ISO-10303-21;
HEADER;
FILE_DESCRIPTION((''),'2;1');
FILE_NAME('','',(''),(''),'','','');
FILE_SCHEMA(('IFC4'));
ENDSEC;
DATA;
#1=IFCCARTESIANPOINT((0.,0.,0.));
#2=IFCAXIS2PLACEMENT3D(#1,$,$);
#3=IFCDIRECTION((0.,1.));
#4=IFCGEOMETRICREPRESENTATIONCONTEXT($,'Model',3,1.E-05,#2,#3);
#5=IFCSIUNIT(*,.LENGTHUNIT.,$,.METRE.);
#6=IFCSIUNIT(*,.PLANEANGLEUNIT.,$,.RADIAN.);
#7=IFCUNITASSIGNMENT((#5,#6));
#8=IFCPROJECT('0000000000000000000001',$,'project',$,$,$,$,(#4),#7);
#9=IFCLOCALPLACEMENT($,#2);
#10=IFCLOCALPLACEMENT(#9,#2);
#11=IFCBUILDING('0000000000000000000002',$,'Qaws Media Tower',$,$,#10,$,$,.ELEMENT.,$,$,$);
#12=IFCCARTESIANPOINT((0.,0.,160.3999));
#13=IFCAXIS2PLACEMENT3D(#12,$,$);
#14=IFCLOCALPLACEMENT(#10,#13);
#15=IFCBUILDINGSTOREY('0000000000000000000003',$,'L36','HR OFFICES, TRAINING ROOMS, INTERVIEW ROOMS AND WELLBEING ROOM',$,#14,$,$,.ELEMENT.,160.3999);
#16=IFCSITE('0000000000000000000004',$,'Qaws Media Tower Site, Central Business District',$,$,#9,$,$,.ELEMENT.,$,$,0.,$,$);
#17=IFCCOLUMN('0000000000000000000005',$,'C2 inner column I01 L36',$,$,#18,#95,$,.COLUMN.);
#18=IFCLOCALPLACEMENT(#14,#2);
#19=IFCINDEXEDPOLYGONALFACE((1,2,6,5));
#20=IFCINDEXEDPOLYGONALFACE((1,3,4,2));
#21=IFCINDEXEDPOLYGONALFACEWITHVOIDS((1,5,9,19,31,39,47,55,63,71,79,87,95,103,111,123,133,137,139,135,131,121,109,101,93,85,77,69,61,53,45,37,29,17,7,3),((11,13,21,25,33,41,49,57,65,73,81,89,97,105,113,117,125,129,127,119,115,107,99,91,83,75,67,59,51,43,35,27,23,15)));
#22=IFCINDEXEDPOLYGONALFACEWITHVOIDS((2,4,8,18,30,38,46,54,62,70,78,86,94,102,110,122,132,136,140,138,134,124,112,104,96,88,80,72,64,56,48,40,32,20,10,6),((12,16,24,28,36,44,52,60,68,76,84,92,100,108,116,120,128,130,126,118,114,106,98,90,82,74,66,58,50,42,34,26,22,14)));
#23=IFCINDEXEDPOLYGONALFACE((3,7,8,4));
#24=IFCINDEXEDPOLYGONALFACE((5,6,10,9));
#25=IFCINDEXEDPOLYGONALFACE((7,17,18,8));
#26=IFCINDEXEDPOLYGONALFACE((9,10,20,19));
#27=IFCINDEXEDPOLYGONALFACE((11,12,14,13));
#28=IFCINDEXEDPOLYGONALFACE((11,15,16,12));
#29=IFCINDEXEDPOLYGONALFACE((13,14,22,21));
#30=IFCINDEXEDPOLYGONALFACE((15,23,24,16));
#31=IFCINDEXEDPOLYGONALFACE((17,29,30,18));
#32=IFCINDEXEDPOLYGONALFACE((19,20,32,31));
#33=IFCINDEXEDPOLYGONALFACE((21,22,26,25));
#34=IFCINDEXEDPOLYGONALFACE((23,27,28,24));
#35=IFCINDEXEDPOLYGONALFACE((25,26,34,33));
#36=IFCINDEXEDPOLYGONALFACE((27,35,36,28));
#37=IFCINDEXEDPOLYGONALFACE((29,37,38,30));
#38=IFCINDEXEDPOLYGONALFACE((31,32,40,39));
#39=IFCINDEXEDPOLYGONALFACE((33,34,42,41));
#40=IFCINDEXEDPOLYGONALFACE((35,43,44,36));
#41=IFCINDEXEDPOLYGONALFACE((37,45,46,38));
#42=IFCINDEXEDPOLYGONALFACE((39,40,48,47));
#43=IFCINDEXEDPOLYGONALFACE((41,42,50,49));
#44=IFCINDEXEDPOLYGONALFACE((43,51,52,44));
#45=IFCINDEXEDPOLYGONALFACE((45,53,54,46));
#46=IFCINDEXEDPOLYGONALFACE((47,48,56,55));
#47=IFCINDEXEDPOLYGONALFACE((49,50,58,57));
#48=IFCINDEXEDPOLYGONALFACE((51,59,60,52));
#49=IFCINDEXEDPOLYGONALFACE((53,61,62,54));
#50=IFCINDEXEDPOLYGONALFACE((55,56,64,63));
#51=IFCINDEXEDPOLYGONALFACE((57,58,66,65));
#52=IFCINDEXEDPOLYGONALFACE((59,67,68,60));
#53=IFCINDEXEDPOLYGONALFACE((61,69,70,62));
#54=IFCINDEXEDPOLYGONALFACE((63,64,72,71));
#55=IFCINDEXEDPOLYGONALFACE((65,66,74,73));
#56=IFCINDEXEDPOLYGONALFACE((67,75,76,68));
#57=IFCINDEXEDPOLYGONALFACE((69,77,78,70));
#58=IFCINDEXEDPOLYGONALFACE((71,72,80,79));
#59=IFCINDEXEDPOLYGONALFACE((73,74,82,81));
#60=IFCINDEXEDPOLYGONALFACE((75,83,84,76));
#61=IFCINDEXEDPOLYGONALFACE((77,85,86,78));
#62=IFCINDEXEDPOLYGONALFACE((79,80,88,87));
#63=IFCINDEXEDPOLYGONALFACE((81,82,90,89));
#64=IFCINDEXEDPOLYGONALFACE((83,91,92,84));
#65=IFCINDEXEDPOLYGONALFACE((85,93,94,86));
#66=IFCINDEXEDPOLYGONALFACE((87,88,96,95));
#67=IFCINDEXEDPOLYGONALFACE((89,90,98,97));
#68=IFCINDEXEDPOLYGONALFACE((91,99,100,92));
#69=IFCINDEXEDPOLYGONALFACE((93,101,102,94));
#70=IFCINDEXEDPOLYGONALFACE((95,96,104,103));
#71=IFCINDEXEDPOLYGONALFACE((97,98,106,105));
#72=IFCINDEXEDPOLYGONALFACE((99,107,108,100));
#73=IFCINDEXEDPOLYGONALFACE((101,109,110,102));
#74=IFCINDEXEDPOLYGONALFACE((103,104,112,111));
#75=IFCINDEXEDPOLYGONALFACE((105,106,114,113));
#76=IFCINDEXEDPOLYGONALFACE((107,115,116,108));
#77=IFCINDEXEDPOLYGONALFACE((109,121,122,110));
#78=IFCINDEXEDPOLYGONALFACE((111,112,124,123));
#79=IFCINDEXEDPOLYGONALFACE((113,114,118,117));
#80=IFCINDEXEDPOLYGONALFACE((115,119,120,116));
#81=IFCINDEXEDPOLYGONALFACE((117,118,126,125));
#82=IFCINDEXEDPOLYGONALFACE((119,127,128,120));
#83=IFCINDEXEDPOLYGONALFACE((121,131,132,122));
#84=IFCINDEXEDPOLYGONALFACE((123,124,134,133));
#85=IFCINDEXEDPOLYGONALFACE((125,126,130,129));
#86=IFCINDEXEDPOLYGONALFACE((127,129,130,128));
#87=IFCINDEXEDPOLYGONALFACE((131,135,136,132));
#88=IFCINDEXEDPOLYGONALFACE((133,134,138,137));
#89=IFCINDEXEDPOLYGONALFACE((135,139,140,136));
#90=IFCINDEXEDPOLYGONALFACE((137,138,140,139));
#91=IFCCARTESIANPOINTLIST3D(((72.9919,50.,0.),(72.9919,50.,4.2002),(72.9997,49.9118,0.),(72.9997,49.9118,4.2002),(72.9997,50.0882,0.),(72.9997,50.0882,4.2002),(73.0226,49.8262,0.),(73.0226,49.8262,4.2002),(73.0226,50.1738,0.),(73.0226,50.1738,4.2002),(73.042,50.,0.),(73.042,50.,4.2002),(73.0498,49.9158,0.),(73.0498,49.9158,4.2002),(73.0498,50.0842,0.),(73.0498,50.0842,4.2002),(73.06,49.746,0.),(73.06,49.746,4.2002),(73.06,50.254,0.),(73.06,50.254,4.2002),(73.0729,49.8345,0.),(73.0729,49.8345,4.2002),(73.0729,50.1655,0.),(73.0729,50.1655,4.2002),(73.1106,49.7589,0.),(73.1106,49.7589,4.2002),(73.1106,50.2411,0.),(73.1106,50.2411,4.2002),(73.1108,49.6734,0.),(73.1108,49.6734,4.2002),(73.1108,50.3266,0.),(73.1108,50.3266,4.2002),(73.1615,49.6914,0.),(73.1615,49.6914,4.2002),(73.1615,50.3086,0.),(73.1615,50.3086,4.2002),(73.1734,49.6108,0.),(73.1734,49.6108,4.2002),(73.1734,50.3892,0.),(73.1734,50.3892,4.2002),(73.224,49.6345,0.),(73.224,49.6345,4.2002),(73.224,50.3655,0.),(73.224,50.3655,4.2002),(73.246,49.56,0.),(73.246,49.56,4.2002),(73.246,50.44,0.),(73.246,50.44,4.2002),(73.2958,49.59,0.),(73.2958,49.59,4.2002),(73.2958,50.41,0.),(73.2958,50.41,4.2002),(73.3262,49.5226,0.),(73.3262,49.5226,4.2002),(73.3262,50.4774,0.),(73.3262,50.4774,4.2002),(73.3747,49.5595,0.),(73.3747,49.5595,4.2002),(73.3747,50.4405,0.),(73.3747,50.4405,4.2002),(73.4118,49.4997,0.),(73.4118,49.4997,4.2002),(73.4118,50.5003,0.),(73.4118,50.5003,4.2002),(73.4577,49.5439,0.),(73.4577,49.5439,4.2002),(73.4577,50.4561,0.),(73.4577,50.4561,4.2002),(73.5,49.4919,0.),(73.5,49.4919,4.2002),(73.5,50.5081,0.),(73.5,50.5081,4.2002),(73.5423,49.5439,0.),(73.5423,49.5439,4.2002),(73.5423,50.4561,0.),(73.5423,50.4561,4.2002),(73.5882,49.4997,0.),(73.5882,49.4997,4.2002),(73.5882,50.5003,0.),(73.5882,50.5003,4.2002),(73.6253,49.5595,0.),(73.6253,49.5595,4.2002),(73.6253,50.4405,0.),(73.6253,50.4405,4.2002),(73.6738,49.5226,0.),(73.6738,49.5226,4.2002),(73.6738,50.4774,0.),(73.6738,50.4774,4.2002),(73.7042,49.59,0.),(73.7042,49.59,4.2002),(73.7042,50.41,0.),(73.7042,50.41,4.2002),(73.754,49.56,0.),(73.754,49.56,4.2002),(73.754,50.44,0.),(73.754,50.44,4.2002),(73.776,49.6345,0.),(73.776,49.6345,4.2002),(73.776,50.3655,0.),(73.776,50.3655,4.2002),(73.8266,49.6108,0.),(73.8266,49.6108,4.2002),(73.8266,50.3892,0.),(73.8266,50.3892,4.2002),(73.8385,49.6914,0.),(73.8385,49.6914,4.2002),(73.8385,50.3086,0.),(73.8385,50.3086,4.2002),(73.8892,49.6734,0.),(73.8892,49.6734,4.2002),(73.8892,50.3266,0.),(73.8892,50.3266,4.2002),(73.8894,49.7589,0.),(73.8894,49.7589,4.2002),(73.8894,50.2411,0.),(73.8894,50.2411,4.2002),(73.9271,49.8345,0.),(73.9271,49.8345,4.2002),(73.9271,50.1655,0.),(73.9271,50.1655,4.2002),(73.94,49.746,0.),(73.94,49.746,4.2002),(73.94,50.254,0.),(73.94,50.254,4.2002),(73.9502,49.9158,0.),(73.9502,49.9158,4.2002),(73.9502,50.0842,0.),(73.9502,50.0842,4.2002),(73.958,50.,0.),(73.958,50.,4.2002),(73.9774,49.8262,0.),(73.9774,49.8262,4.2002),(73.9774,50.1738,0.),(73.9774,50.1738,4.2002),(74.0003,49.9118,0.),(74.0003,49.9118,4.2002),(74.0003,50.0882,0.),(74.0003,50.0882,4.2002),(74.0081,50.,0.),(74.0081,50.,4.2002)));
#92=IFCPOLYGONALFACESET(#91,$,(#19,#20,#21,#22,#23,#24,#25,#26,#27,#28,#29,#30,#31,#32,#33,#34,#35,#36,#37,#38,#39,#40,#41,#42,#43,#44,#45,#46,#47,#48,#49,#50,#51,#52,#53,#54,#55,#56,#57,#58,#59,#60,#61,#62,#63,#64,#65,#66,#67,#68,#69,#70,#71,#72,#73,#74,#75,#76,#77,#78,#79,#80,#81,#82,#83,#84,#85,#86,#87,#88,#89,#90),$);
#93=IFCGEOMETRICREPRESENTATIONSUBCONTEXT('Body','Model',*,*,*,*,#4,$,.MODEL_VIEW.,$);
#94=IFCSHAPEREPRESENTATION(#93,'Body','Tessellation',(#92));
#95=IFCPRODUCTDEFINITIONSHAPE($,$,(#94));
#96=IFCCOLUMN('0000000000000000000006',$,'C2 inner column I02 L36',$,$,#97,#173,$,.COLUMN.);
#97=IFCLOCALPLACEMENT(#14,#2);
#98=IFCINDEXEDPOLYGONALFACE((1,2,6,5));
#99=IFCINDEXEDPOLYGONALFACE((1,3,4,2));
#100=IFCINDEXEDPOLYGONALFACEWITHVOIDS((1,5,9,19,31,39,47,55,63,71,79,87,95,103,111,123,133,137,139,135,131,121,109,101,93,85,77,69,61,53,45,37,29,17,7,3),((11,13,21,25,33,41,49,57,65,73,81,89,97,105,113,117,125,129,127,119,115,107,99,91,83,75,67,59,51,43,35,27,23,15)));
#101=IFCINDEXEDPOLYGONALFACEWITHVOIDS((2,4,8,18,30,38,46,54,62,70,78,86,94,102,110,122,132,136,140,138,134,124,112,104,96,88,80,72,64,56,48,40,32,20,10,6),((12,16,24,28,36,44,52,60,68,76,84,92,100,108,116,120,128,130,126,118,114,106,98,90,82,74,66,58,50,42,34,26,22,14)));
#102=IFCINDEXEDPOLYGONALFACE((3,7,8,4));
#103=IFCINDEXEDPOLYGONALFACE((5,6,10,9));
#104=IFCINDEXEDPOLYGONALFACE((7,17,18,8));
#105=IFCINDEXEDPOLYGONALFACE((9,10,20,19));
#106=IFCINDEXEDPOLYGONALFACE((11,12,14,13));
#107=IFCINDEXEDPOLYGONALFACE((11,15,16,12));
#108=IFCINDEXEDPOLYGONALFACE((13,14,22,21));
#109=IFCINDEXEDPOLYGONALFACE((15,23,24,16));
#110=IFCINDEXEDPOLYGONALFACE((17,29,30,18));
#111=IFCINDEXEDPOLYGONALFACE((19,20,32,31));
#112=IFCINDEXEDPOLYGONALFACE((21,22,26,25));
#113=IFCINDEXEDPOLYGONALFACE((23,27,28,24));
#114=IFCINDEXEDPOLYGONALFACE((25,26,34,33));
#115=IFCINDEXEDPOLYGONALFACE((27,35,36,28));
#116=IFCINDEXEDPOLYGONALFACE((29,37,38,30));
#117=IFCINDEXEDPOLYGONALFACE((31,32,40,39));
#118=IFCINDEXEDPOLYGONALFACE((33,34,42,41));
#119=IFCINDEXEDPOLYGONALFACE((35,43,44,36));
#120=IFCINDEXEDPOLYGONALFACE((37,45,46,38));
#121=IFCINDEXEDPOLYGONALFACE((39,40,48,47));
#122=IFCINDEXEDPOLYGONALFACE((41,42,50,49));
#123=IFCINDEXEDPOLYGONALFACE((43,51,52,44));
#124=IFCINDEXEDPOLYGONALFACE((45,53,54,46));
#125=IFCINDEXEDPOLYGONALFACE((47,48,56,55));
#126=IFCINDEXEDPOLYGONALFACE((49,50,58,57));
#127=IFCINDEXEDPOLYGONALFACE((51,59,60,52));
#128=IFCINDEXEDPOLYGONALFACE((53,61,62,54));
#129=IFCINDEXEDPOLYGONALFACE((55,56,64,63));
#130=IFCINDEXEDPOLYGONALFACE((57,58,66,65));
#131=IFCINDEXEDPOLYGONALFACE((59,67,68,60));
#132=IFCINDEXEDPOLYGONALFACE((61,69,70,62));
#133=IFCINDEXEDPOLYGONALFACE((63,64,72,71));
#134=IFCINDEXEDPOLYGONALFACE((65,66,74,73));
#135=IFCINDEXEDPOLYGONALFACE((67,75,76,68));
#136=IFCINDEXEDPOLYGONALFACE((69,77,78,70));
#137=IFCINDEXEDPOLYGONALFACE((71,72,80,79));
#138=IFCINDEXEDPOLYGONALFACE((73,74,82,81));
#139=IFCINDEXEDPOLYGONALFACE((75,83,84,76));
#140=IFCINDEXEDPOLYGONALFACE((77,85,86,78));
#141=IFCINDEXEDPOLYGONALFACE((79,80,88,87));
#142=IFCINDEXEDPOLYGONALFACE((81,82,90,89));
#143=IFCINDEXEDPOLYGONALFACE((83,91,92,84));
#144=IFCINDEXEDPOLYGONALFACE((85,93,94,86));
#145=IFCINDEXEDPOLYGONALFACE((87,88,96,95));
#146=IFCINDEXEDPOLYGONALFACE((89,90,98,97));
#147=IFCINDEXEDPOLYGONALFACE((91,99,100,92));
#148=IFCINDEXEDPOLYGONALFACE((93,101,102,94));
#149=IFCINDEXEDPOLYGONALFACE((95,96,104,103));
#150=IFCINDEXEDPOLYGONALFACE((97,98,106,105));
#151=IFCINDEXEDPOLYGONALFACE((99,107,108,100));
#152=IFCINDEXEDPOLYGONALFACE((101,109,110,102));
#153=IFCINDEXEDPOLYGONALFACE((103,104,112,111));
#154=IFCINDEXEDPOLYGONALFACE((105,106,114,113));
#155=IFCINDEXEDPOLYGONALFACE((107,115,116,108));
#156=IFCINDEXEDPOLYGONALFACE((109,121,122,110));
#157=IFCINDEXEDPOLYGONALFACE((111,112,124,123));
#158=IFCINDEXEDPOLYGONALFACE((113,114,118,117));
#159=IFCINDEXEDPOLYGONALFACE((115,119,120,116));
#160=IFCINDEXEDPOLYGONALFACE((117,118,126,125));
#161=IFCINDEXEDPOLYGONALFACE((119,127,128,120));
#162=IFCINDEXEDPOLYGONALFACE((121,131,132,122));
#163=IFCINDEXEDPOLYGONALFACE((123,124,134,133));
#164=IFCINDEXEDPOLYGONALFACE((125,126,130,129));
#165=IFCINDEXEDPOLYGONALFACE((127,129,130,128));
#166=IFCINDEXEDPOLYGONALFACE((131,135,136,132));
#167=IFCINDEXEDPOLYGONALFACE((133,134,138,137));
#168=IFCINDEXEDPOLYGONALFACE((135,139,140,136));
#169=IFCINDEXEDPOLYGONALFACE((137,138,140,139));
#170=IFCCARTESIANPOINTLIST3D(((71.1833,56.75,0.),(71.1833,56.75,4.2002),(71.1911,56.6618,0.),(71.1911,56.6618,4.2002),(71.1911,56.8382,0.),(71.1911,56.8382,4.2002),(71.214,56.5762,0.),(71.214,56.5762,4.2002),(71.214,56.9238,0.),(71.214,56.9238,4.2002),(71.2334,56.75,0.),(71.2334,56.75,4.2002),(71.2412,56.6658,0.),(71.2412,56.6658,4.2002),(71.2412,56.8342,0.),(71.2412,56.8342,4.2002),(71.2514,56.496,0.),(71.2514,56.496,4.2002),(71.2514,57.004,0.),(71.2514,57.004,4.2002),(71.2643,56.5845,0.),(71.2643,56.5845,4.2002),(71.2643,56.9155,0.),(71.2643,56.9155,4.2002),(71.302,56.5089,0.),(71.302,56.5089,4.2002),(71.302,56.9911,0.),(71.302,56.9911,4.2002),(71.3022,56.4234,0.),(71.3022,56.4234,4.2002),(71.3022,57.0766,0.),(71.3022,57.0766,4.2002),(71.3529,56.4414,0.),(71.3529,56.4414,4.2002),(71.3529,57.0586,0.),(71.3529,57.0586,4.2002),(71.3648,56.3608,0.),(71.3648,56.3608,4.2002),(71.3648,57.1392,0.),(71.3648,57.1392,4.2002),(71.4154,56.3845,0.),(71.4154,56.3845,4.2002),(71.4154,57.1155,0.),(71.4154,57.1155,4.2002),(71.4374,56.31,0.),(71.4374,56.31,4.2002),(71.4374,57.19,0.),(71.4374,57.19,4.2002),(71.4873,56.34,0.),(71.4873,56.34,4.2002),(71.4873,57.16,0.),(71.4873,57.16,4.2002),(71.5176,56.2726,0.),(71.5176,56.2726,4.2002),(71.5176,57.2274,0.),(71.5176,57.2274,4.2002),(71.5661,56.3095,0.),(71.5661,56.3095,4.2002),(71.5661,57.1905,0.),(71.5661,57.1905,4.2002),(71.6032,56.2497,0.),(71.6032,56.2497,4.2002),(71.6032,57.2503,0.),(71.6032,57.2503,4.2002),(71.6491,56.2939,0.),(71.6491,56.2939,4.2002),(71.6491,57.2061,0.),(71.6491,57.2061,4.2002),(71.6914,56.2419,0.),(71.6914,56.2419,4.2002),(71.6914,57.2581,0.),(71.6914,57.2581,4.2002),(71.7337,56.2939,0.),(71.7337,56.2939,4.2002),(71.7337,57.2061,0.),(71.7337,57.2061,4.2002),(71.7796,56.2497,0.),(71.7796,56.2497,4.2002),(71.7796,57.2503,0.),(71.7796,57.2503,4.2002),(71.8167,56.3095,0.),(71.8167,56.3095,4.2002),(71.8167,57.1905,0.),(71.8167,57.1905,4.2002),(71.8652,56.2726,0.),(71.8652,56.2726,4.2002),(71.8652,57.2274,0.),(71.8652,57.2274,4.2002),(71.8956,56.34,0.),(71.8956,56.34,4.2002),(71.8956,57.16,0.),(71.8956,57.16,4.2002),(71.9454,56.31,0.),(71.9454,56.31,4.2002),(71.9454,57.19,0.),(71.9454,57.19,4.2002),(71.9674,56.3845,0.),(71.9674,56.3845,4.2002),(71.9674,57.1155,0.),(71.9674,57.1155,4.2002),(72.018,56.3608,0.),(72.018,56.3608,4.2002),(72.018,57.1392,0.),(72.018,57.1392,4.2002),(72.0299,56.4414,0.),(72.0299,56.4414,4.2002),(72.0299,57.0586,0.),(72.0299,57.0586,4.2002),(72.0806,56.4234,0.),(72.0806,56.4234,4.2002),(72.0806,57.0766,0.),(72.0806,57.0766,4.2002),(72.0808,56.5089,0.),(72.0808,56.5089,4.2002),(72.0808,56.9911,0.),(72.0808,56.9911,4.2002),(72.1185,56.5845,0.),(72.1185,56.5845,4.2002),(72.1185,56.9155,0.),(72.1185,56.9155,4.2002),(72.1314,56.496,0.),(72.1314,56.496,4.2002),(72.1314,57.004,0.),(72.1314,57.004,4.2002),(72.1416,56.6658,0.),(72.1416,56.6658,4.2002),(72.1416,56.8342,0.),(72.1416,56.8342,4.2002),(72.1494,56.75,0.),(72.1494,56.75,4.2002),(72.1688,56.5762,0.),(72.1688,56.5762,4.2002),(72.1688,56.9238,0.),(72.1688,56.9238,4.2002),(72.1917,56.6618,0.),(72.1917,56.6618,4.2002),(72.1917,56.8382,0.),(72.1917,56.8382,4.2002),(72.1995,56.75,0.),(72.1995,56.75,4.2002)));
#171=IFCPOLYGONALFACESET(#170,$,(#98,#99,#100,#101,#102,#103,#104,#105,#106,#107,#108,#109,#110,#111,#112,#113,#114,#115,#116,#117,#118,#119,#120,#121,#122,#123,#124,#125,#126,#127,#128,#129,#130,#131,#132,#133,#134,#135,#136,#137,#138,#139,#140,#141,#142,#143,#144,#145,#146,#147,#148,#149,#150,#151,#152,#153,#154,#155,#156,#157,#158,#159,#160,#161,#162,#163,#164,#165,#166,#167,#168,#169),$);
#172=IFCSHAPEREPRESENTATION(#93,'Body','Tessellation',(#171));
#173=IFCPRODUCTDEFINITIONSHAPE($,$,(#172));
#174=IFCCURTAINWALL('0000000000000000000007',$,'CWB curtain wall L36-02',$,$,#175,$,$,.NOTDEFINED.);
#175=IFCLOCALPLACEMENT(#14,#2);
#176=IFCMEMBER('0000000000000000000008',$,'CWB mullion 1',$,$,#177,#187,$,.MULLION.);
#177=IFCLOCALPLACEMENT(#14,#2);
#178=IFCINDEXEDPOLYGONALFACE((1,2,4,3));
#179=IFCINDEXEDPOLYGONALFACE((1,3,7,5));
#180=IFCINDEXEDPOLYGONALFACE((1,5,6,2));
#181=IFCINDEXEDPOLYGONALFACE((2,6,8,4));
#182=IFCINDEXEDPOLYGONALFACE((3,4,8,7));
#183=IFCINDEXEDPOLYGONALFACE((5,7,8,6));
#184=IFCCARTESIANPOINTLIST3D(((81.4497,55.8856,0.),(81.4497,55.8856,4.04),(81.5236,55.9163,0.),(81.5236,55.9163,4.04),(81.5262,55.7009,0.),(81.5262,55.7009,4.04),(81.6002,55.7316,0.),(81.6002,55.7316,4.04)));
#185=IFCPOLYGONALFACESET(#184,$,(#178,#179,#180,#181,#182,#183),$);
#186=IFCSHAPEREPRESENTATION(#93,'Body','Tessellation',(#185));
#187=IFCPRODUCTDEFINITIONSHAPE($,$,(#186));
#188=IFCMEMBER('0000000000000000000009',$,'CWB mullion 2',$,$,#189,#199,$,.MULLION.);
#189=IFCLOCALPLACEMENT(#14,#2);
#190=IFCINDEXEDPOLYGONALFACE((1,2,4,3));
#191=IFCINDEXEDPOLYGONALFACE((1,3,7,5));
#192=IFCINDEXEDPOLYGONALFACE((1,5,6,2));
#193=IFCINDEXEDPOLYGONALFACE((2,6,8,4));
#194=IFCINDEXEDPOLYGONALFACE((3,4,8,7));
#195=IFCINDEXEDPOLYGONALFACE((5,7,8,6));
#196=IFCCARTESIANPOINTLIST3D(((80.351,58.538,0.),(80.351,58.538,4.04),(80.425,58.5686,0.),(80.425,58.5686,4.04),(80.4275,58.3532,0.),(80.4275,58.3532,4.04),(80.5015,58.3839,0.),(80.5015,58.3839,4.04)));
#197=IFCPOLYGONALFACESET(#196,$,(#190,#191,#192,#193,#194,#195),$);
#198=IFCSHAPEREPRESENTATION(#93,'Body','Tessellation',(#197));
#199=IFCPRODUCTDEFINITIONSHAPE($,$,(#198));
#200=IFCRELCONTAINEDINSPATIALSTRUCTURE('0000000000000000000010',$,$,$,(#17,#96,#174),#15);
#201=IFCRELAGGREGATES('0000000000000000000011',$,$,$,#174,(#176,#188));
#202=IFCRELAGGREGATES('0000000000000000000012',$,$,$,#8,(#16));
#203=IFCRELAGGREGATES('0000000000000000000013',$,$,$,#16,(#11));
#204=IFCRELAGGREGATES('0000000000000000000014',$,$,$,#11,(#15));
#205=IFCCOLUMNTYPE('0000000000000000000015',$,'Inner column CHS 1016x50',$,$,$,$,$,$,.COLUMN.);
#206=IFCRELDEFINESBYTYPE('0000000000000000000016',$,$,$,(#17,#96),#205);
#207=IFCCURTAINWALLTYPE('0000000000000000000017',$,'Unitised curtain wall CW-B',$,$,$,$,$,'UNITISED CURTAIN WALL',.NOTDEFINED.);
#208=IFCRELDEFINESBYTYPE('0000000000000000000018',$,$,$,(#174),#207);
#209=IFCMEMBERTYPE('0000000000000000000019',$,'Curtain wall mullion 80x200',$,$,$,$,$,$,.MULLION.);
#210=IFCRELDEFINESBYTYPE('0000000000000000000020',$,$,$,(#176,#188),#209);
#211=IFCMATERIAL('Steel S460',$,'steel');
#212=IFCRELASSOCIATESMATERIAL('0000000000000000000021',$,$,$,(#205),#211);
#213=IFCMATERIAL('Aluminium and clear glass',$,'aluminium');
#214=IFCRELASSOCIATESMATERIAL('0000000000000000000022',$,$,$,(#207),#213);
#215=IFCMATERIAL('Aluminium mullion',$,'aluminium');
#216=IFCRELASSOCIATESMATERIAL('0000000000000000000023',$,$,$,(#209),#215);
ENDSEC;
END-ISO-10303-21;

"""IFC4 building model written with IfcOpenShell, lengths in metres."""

from ifc_helpers import new_model, si_unit, direction, frame, origin, origin_2d, place, context, subcontext, project, spatial, rectangle, hollow_circle, extrude, material, material_profile, profile_set, type_object, element, aggregate, save


model = new_model("IFC4")

# Units and contexts
model_context = context("Model", 3, precision=1e-05, world=origin(), true_north=direction((0.0, 1.0)))
body_context = subcontext(model_context, "Body", "Model", "MODEL_VIEW")
ifc_project = project(units=[si_unit("LENGTHUNIT", "METRE"), si_unit("PLANEANGLEUNIT", "RADIAN")], contexts=[model_context])

# Site, building, storey
site_placement = place(None, origin())
site = spatial("IfcSite", under=ifc_project, at=site_placement, Name="Qaws Media Tower Site, Central Business District", CompositionType="ELEMENT", RefElevation=0.0)
building_placement = place(site_placement, origin())
building = spatial("IfcBuilding", under=site, at=building_placement, Name="Qaws Media Tower", CompositionType="ELEMENT")
storey_placement = place(building_placement, frame((0.0, 0.0, 160.3999)))
storey = spatial("IfcBuildingStorey", under=building, at=storey_placement, Name="L36", Description="HR OFFICES, TRAINING ROOMS, INTERVIEW ROOMS AND WELLBEING ROOM", CompositionType="ELEMENT", Elevation=160.3999)

# Columns
ifc_material_1 = material(Name="Steel S460", Category="steel")
ifc_material_profile_1 = material_profile(ifc_material_1, hollow_circle(Radius=0.5081, WallThickness=0.05, at=origin_2d()), Name="CHS 1016x50")
ifc_profile_set_1 = profile_set([ifc_material_profile_1], Name="Steel S460")
column_type = type_object("IfcColumnType", Name="Inner column CHS 1016x50", PredefinedType="COLUMN", material=ifc_profile_set_1)
for number, where, z_axis, x_axis, name in (
    (1, (73.5, 50.0, 0.0), (0.0, 0.0, 1.0), (1.0, 0.0, 0.0), "C2 inner column I01 L36"),
    (2, (71.6914, 56.75, 0.0), (0.0, 0.0, 1.0), (1.0, 0.0, 0.0), "C2 inner column I02 L36"),
):
    element("IfcColumn", number, at=place(storey_placement, frame(where, z_axis=z_axis, x_axis=x_axis)), inside=storey, type_object=column_type, Name=name, PredefinedType="COLUMN", context=body_context, shape_type="SweptSolid", body=[
        extrude(hollow_circle(Radius=0.5081, WallThickness=0.05, at=origin_2d()), origin(), (0.0, 0.0, 1.0), 4.2002),
    ])

# Curtain wall, members
ifc_material_2 = material(Name="Aluminium and clear glass", Category="aluminium")
curtain_wall_type = type_object("IfcCurtainWallType", Name="Unitised curtain wall CW-B", ElementType="UNITISED CURTAIN WALL", PredefinedType="NOTDEFINED", material=ifc_material_2)
curtain_wall_1_placement = place(storey_placement, origin())
curtain_wall_1 = element("IfcCurtainWall", 3, at=curtain_wall_1_placement, inside=storey, type_object=curtain_wall_type, Name="CWB curtain wall L36-02", PredefinedType="NOTDEFINED")
ifc_material_3 = material(Name="Aluminium mullion", Category="aluminium")
ifc_material_profile_2 = material_profile(ifc_material_3, rectangle(XDim=0.0801, YDim=0.2, at=origin_2d()), Name="80x200")
ifc_profile_set_2 = profile_set([ifc_material_profile_2], Name="Aluminium mullion")
member_type_1 = type_object("IfcMemberType", Name="Curtain wall mullion 80x200", PredefinedType="MULLION", material=ifc_profile_set_2)
member_1_placement = place(storey_placement, frame((81.5249, 55.8086, 0.0), z_axis=(0.0, 0.0, 1.0), x_axis=(-0.92388, -0.382683, 0.0)))
member_1 = element("IfcMember", 4, at=member_1_placement, type_object=member_type_1, Name="CWB mullion 1", PredefinedType="MULLION", context=body_context, shape_type="SweptSolid", body=[
    extrude(rectangle(XDim=0.0801, YDim=0.2, at=origin_2d()), origin(), (0.0, 0.0, 1.0), 4.04),
])
member_2_placement = place(storey_placement, frame((80.4263, 58.4609, 0.0), z_axis=(0.0, 0.0, 1.0), x_axis=(-0.92388, -0.382683, 0.0)))
member_2 = element("IfcMember", 5, at=member_2_placement, type_object=member_type_1, Name="CWB mullion 2", PredefinedType="MULLION", context=body_context, shape_type="SweptSolid", body=[
    extrude(rectangle(XDim=0.0801, YDim=0.2, at=origin_2d()), origin(), (0.0, 0.0, 1.0), 4.04),
])

aggregate(curtain_wall_1, [member_1, member_2])

save(model, "model.ifc")
